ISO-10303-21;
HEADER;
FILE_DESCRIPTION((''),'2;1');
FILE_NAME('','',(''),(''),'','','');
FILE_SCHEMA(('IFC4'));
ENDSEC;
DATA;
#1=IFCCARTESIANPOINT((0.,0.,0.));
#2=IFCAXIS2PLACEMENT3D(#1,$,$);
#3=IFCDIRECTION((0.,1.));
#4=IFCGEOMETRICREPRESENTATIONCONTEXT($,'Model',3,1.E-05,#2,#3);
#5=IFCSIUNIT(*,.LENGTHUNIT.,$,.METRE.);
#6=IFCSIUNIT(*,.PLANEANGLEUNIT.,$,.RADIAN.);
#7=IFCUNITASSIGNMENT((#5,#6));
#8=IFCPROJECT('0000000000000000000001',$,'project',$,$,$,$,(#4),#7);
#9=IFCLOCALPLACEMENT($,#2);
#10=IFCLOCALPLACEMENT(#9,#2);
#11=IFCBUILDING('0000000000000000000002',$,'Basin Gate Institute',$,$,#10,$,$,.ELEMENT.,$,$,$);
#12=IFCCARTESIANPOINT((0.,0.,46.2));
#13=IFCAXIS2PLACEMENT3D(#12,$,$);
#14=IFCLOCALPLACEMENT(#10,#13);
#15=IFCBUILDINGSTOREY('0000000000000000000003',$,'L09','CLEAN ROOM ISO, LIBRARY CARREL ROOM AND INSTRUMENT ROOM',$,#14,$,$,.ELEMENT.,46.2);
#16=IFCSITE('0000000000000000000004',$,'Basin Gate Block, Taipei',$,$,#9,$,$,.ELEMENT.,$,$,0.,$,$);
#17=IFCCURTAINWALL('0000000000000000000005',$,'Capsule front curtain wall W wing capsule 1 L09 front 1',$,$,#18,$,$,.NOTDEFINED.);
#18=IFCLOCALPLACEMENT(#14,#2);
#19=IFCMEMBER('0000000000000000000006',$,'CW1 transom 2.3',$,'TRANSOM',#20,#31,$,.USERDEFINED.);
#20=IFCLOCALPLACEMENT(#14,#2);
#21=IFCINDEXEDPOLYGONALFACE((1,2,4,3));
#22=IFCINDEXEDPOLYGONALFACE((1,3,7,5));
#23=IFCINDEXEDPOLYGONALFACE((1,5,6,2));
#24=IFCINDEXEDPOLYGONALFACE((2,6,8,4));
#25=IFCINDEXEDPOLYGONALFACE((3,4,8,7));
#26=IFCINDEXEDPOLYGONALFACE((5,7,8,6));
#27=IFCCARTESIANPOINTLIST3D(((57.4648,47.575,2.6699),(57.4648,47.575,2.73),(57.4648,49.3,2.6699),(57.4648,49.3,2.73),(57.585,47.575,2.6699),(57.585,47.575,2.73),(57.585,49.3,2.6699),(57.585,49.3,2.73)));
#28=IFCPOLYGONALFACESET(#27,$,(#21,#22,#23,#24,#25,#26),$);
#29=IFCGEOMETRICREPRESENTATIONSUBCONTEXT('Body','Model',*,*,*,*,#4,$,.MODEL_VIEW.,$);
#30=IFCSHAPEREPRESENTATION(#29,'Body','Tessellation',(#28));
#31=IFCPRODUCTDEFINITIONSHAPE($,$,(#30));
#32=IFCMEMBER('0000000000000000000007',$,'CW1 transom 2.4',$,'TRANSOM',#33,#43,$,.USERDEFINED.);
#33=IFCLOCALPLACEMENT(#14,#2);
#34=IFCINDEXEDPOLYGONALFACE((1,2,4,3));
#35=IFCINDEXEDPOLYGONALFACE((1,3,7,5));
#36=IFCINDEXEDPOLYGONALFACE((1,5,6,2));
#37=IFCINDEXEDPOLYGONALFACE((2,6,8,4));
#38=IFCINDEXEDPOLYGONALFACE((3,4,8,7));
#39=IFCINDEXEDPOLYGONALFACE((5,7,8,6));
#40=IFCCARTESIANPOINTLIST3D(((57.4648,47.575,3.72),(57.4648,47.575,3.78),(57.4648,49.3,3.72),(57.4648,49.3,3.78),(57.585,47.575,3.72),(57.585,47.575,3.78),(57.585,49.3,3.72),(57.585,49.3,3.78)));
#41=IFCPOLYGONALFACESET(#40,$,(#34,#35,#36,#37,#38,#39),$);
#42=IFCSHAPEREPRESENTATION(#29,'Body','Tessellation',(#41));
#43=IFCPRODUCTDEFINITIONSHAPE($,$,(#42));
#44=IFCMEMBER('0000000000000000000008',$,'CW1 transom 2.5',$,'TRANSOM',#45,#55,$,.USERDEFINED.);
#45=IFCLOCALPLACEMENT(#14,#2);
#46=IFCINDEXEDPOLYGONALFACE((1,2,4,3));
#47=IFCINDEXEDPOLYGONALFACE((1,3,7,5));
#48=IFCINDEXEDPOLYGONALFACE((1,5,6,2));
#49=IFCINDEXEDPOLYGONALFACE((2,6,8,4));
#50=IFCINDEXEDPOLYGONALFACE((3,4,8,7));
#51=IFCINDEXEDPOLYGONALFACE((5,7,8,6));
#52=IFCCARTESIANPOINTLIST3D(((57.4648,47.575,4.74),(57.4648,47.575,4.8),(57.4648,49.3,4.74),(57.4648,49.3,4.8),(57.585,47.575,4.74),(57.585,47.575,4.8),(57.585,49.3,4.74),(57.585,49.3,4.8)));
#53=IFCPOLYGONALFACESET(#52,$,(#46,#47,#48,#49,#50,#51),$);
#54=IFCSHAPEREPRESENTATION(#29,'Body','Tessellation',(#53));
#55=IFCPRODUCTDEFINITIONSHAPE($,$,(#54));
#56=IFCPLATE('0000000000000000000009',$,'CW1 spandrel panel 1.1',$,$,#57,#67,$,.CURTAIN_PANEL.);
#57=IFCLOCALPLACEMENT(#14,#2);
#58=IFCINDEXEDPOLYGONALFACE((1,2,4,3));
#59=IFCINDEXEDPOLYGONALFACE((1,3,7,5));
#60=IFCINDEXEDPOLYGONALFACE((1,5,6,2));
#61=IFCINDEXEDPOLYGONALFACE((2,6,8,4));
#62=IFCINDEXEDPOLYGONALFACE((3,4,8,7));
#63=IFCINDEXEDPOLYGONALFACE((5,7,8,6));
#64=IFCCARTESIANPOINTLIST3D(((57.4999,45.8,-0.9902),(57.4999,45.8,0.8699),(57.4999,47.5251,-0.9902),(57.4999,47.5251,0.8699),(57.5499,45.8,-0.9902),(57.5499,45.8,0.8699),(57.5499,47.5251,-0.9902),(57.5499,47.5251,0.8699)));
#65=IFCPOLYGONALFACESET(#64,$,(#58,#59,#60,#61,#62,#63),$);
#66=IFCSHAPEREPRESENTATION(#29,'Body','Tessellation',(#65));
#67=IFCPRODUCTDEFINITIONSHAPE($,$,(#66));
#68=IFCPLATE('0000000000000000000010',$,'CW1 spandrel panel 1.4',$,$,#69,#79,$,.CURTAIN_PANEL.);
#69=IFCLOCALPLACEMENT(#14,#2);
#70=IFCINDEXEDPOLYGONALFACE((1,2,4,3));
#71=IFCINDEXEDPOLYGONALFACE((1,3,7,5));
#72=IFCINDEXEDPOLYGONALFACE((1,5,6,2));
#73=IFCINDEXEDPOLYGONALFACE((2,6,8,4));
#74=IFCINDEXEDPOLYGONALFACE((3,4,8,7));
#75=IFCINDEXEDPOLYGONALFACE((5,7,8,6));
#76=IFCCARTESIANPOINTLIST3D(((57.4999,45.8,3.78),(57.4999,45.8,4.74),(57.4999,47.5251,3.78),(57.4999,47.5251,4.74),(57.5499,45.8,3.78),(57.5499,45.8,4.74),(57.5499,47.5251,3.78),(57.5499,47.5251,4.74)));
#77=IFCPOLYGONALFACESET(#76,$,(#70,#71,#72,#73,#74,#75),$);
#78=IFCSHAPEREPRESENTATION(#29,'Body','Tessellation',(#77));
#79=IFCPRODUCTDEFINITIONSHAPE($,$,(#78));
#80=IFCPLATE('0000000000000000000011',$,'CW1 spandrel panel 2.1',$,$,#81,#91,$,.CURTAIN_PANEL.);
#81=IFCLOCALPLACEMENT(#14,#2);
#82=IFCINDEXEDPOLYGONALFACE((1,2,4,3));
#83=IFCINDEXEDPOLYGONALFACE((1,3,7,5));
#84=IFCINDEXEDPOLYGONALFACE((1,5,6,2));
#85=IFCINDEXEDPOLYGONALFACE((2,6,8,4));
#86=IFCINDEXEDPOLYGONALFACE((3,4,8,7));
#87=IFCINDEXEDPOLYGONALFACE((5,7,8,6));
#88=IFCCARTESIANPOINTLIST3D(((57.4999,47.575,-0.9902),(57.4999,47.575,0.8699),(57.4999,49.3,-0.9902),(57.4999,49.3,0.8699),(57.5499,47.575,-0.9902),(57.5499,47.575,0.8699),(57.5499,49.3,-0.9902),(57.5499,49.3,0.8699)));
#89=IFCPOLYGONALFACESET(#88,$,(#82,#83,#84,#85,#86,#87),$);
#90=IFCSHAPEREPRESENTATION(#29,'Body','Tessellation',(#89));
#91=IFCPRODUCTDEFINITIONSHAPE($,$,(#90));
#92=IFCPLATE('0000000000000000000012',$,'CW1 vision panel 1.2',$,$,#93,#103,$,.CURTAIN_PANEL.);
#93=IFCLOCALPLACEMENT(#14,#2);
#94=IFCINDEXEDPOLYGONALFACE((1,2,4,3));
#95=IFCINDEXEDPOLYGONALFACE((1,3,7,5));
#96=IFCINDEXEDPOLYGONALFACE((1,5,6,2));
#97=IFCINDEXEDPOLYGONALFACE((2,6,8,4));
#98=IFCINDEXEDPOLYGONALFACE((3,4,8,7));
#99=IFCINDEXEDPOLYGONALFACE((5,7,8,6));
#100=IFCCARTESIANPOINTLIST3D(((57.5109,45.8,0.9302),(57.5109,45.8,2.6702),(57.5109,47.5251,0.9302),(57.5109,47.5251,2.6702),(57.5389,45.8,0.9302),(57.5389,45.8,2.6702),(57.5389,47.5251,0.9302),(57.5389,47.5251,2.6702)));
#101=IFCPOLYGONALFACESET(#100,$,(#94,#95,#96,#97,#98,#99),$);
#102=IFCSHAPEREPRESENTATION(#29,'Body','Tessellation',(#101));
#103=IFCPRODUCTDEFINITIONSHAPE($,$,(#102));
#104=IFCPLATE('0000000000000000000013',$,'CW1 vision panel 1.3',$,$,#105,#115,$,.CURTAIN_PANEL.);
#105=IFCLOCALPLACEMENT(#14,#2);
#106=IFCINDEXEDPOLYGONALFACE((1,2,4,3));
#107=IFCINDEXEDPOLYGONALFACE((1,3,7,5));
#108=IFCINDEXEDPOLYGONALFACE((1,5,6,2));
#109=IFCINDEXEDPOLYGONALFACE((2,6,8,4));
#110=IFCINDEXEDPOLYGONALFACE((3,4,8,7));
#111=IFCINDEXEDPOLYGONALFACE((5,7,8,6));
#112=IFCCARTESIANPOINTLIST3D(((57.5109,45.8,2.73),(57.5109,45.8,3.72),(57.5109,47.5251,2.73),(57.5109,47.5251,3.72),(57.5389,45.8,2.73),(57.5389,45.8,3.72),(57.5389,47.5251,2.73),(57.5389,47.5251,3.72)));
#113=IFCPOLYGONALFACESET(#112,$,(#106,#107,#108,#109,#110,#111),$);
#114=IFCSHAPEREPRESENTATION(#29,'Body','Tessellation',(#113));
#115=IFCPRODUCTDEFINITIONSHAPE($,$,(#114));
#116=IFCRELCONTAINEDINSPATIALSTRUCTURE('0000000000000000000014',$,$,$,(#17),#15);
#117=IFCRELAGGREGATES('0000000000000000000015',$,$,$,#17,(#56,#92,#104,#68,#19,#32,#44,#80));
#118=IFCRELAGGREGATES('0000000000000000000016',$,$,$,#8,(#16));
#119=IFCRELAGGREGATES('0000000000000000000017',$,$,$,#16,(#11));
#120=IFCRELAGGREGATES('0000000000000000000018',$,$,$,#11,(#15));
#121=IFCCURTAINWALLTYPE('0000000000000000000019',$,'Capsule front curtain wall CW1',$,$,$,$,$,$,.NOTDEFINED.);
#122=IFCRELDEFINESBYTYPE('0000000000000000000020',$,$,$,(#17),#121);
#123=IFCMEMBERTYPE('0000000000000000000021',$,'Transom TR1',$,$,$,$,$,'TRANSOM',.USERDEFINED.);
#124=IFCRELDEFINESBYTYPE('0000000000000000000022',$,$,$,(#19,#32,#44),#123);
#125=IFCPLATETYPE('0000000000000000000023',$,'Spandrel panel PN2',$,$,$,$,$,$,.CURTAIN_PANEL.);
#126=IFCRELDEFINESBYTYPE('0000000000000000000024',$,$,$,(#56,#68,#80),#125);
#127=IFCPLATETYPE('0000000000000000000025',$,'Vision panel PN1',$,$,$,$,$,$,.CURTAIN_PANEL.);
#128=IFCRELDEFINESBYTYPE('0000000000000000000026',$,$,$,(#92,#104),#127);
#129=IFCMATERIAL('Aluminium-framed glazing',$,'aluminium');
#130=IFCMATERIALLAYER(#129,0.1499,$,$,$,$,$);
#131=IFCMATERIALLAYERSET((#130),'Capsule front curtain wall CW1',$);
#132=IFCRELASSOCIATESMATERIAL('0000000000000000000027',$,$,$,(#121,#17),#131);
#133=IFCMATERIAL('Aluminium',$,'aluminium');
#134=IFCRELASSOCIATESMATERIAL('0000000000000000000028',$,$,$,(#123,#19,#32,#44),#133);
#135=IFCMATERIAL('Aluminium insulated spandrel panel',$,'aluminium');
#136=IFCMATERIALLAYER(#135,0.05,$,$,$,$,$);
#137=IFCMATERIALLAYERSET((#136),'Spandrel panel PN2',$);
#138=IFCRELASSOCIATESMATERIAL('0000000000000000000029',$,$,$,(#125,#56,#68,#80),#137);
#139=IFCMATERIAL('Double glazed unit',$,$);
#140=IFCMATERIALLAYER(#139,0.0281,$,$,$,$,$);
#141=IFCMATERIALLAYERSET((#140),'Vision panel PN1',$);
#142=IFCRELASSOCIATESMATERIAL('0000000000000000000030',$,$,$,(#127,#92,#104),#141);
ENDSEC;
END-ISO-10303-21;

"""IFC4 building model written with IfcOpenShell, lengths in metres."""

from ifc_helpers import new_model, si_unit, direction, frame, origin, origin_2d, place, context, subcontext, project, spatial, rectangle, extrude, material, layer, layer_set, material_profile, profile_set, type_object, element, aggregate, save


model = new_model("IFC4")

# Units and contexts
model_context = context("Model", 3, precision=1e-05, world=origin(), true_north=direction((0.0, 1.0)))
body_context = subcontext(model_context, "Body", "Model", "MODEL_VIEW")
ifc_project = project(units=[si_unit("LENGTHUNIT", "METRE"), si_unit("PLANEANGLEUNIT", "RADIAN")], contexts=[model_context])

# Site, building, storey
site_placement = place(None, origin())
site = spatial("IfcSite", under=ifc_project, at=site_placement, Name="Basin Gate Block, Taipei", CompositionType="ELEMENT", RefElevation=0.0)
building_placement = place(site_placement, origin())
building = spatial("IfcBuilding", under=site, at=building_placement, Name="Basin Gate Institute", CompositionType="ELEMENT")
storey_placement = place(building_placement, frame((0.0, 0.0, 46.2)))
storey = spatial("IfcBuildingStorey", under=building, at=storey_placement, Name="L09", Description="CLEAN ROOM ISO, LIBRARY CARREL ROOM AND INSTRUMENT ROOM", CompositionType="ELEMENT", Elevation=46.2)

# Shared definitions
ifc_material_1 = material(Name="Aluminium-framed glazing", Category="aluminium")
ifc_layer_1 = layer(ifc_material_1, 0.1499)
ifc_layer_set_1 = layer_set([ifc_layer_1], Name="Capsule front curtain wall CW1")
curtain_wall_type = type_object("IfcCurtainWallType", Name="Capsule front curtain wall CW1", PredefinedType="NOTDEFINED", material=ifc_layer_set_1)

# Curtain wall
curtain_wall_1_placement = place(storey_placement, origin())
curtain_wall_1 = element("IfcCurtainWall", 1, at=curtain_wall_1_placement, inside=storey, type_object=curtain_wall_type, material=ifc_layer_set_1, Name="Capsule front curtain wall W wing capsule 1 L09 front 1", PredefinedType="NOTDEFINED")

# Members
ifc_material_2 = material(Name="Aluminium", Category="aluminium")
ifc_material_profile_1 = material_profile(ifc_material_2, rectangle(XDim=0.1201, YDim=0.0601, at=origin_2d()), Name="Transom TR1 120 x 60")
ifc_profile_set_1 = profile_set([ifc_material_profile_1], Name="Aluminium")
member_type_1 = type_object("IfcMemberType", Name="Transom TR1", ElementType="TRANSOM", PredefinedType="USERDEFINED", material=ifc_profile_set_1)
member_1_placement = place(storey_placement, frame((57.5249, 47.575, 2.7), z_axis=(0.0, 1.0, 0.0), x_axis=(-1.0, 0.0, 0.0)))
member_1 = element("IfcMember", 2, at=member_1_placement, type_object=member_type_1, material=ifc_profile_set_1, Name="CW1 transom 2.3", ObjectType="TRANSOM", PredefinedType="USERDEFINED", context=body_context, shape_type="SweptSolid", body=[
    extrude(rectangle(XDim=0.1201, YDim=0.0601, at=origin_2d()), origin(), (0.0, 0.0, 1.0), 1.7251),
])
member_2_placement = place(storey_placement, frame((57.5249, 47.575, 3.75), z_axis=(0.0, 1.0, 0.0), x_axis=(-1.0, 0.0, 0.0)))
member_2 = element("IfcMember", 3, at=member_2_placement, type_object=member_type_1, material=ifc_profile_set_1, Name="CW1 transom 2.4", ObjectType="TRANSOM", PredefinedType="USERDEFINED", context=body_context, shape_type="SweptSolid", body=[
    extrude(rectangle(XDim=0.1201, YDim=0.0601, at=origin_2d()), origin(), (0.0, 0.0, 1.0), 1.7251),
])
member_3_placement = place(storey_placement, frame((57.5249, 47.575, 4.77), z_axis=(0.0, 1.0, 0.0), x_axis=(-1.0, 0.0, 0.0)))
member_3 = element("IfcMember", 4, at=member_3_placement, type_object=member_type_1, material=ifc_profile_set_1, Name="CW1 transom 2.5", ObjectType="TRANSOM", PredefinedType="USERDEFINED", context=body_context, shape_type="SweptSolid", body=[
    extrude(rectangle(XDim=0.1201, YDim=0.0601, at=origin_2d()), origin(), (0.0, 0.0, 1.0), 1.7251),
])

# Plates
ifc_material_3 = material(Name="Aluminium insulated spandrel panel", Category="aluminium")
ifc_layer_2 = layer(ifc_material_3, 0.05)
ifc_layer_set_2 = layer_set([ifc_layer_2], Name="Spandrel panel PN2")
plate_type_1 = type_object("IfcPlateType", Name="Spandrel panel PN2", PredefinedType="CURTAIN_PANEL", material=ifc_layer_set_2)
plate_1_placement = place(storey_placement, frame((57.5249, 46.6626, -0.9902), z_axis=(0.0, 0.0, 1.0), x_axis=(0.0, 1.0, 0.0)))
plate_1 = element("IfcPlate", 5, at=plate_1_placement, type_object=plate_type_1, material=ifc_layer_set_2, Name="CW1 spandrel panel 1.1", PredefinedType="CURTAIN_PANEL", context=body_context, shape_type="SweptSolid", body=[
    extrude(rectangle(XDim=1.7251, YDim=0.05, at=origin_2d()), origin(), (0.0, 0.0, 1.0), 1.8601),
])
plate_2_placement = place(storey_placement, frame((57.5249, 46.6626, 3.78), z_axis=(0.0, 0.0, 1.0), x_axis=(0.0, 1.0, 0.0)))
plate_2 = element("IfcPlate", 6, at=plate_2_placement, type_object=plate_type_1, material=ifc_layer_set_2, Name="CW1 spandrel panel 1.4", PredefinedType="CURTAIN_PANEL", context=body_context, shape_type="SweptSolid", body=[
    extrude(rectangle(XDim=1.7251, YDim=0.05, at=origin_2d()), origin(), (0.0, 0.0, 1.0), 0.96),
])
plate_3_placement = place(storey_placement, frame((57.5249, 48.4375, -0.9902), z_axis=(0.0, 0.0, 1.0), x_axis=(0.0, 1.0, 0.0)))
plate_3 = element("IfcPlate", 7, at=plate_3_placement, type_object=plate_type_1, material=ifc_layer_set_2, Name="CW1 spandrel panel 2.1", PredefinedType="CURTAIN_PANEL", context=body_context, shape_type="SweptSolid", body=[
    extrude(rectangle(XDim=1.7251, YDim=0.05, at=origin_2d()), origin(), (0.0, 0.0, 1.0), 1.8601),
])
ifc_material_4 = material(Name="Double glazed unit")
ifc_layer_3 = layer(ifc_material_4, 0.0281)
ifc_layer_set_3 = layer_set([ifc_layer_3], Name="Vision panel PN1")
plate_type_2 = type_object("IfcPlateType", Name="Vision panel PN1", PredefinedType="CURTAIN_PANEL", material=ifc_layer_set_3)
plate_4_placement = place(storey_placement, frame((57.5249, 46.6626, 0.9302), z_axis=(0.0, 0.0, 1.0), x_axis=(0.0, 1.0, 0.0)))
plate_4 = element("IfcPlate", 8, at=plate_4_placement, type_object=plate_type_2, material=ifc_layer_set_3, Name="CW1 vision panel 1.2", PredefinedType="CURTAIN_PANEL", context=body_context, shape_type="SweptSolid", body=[
    extrude(rectangle(XDim=1.7251, YDim=0.0281, at=origin_2d()), origin(), (0.0, 0.0, 1.0), 1.74),
])
plate_5_placement = place(storey_placement, frame((57.5249, 46.6626, 2.73), z_axis=(0.0, 0.0, 1.0), x_axis=(0.0, 1.0, 0.0)))
plate_5 = element("IfcPlate", 9, at=plate_5_placement, type_object=plate_type_2, material=ifc_layer_set_3, Name="CW1 vision panel 1.3", PredefinedType="CURTAIN_PANEL", context=body_context, shape_type="SweptSolid", body=[
    extrude(rectangle(XDim=1.7251, YDim=0.0281, at=origin_2d()), origin(), (0.0, 0.0, 1.0), 0.99),
])
aggregate(curtain_wall_1, [plate_1, plate_4, plate_5, plate_2, member_1, member_2, member_3, plate_3])

save(model, "model.ifc")
